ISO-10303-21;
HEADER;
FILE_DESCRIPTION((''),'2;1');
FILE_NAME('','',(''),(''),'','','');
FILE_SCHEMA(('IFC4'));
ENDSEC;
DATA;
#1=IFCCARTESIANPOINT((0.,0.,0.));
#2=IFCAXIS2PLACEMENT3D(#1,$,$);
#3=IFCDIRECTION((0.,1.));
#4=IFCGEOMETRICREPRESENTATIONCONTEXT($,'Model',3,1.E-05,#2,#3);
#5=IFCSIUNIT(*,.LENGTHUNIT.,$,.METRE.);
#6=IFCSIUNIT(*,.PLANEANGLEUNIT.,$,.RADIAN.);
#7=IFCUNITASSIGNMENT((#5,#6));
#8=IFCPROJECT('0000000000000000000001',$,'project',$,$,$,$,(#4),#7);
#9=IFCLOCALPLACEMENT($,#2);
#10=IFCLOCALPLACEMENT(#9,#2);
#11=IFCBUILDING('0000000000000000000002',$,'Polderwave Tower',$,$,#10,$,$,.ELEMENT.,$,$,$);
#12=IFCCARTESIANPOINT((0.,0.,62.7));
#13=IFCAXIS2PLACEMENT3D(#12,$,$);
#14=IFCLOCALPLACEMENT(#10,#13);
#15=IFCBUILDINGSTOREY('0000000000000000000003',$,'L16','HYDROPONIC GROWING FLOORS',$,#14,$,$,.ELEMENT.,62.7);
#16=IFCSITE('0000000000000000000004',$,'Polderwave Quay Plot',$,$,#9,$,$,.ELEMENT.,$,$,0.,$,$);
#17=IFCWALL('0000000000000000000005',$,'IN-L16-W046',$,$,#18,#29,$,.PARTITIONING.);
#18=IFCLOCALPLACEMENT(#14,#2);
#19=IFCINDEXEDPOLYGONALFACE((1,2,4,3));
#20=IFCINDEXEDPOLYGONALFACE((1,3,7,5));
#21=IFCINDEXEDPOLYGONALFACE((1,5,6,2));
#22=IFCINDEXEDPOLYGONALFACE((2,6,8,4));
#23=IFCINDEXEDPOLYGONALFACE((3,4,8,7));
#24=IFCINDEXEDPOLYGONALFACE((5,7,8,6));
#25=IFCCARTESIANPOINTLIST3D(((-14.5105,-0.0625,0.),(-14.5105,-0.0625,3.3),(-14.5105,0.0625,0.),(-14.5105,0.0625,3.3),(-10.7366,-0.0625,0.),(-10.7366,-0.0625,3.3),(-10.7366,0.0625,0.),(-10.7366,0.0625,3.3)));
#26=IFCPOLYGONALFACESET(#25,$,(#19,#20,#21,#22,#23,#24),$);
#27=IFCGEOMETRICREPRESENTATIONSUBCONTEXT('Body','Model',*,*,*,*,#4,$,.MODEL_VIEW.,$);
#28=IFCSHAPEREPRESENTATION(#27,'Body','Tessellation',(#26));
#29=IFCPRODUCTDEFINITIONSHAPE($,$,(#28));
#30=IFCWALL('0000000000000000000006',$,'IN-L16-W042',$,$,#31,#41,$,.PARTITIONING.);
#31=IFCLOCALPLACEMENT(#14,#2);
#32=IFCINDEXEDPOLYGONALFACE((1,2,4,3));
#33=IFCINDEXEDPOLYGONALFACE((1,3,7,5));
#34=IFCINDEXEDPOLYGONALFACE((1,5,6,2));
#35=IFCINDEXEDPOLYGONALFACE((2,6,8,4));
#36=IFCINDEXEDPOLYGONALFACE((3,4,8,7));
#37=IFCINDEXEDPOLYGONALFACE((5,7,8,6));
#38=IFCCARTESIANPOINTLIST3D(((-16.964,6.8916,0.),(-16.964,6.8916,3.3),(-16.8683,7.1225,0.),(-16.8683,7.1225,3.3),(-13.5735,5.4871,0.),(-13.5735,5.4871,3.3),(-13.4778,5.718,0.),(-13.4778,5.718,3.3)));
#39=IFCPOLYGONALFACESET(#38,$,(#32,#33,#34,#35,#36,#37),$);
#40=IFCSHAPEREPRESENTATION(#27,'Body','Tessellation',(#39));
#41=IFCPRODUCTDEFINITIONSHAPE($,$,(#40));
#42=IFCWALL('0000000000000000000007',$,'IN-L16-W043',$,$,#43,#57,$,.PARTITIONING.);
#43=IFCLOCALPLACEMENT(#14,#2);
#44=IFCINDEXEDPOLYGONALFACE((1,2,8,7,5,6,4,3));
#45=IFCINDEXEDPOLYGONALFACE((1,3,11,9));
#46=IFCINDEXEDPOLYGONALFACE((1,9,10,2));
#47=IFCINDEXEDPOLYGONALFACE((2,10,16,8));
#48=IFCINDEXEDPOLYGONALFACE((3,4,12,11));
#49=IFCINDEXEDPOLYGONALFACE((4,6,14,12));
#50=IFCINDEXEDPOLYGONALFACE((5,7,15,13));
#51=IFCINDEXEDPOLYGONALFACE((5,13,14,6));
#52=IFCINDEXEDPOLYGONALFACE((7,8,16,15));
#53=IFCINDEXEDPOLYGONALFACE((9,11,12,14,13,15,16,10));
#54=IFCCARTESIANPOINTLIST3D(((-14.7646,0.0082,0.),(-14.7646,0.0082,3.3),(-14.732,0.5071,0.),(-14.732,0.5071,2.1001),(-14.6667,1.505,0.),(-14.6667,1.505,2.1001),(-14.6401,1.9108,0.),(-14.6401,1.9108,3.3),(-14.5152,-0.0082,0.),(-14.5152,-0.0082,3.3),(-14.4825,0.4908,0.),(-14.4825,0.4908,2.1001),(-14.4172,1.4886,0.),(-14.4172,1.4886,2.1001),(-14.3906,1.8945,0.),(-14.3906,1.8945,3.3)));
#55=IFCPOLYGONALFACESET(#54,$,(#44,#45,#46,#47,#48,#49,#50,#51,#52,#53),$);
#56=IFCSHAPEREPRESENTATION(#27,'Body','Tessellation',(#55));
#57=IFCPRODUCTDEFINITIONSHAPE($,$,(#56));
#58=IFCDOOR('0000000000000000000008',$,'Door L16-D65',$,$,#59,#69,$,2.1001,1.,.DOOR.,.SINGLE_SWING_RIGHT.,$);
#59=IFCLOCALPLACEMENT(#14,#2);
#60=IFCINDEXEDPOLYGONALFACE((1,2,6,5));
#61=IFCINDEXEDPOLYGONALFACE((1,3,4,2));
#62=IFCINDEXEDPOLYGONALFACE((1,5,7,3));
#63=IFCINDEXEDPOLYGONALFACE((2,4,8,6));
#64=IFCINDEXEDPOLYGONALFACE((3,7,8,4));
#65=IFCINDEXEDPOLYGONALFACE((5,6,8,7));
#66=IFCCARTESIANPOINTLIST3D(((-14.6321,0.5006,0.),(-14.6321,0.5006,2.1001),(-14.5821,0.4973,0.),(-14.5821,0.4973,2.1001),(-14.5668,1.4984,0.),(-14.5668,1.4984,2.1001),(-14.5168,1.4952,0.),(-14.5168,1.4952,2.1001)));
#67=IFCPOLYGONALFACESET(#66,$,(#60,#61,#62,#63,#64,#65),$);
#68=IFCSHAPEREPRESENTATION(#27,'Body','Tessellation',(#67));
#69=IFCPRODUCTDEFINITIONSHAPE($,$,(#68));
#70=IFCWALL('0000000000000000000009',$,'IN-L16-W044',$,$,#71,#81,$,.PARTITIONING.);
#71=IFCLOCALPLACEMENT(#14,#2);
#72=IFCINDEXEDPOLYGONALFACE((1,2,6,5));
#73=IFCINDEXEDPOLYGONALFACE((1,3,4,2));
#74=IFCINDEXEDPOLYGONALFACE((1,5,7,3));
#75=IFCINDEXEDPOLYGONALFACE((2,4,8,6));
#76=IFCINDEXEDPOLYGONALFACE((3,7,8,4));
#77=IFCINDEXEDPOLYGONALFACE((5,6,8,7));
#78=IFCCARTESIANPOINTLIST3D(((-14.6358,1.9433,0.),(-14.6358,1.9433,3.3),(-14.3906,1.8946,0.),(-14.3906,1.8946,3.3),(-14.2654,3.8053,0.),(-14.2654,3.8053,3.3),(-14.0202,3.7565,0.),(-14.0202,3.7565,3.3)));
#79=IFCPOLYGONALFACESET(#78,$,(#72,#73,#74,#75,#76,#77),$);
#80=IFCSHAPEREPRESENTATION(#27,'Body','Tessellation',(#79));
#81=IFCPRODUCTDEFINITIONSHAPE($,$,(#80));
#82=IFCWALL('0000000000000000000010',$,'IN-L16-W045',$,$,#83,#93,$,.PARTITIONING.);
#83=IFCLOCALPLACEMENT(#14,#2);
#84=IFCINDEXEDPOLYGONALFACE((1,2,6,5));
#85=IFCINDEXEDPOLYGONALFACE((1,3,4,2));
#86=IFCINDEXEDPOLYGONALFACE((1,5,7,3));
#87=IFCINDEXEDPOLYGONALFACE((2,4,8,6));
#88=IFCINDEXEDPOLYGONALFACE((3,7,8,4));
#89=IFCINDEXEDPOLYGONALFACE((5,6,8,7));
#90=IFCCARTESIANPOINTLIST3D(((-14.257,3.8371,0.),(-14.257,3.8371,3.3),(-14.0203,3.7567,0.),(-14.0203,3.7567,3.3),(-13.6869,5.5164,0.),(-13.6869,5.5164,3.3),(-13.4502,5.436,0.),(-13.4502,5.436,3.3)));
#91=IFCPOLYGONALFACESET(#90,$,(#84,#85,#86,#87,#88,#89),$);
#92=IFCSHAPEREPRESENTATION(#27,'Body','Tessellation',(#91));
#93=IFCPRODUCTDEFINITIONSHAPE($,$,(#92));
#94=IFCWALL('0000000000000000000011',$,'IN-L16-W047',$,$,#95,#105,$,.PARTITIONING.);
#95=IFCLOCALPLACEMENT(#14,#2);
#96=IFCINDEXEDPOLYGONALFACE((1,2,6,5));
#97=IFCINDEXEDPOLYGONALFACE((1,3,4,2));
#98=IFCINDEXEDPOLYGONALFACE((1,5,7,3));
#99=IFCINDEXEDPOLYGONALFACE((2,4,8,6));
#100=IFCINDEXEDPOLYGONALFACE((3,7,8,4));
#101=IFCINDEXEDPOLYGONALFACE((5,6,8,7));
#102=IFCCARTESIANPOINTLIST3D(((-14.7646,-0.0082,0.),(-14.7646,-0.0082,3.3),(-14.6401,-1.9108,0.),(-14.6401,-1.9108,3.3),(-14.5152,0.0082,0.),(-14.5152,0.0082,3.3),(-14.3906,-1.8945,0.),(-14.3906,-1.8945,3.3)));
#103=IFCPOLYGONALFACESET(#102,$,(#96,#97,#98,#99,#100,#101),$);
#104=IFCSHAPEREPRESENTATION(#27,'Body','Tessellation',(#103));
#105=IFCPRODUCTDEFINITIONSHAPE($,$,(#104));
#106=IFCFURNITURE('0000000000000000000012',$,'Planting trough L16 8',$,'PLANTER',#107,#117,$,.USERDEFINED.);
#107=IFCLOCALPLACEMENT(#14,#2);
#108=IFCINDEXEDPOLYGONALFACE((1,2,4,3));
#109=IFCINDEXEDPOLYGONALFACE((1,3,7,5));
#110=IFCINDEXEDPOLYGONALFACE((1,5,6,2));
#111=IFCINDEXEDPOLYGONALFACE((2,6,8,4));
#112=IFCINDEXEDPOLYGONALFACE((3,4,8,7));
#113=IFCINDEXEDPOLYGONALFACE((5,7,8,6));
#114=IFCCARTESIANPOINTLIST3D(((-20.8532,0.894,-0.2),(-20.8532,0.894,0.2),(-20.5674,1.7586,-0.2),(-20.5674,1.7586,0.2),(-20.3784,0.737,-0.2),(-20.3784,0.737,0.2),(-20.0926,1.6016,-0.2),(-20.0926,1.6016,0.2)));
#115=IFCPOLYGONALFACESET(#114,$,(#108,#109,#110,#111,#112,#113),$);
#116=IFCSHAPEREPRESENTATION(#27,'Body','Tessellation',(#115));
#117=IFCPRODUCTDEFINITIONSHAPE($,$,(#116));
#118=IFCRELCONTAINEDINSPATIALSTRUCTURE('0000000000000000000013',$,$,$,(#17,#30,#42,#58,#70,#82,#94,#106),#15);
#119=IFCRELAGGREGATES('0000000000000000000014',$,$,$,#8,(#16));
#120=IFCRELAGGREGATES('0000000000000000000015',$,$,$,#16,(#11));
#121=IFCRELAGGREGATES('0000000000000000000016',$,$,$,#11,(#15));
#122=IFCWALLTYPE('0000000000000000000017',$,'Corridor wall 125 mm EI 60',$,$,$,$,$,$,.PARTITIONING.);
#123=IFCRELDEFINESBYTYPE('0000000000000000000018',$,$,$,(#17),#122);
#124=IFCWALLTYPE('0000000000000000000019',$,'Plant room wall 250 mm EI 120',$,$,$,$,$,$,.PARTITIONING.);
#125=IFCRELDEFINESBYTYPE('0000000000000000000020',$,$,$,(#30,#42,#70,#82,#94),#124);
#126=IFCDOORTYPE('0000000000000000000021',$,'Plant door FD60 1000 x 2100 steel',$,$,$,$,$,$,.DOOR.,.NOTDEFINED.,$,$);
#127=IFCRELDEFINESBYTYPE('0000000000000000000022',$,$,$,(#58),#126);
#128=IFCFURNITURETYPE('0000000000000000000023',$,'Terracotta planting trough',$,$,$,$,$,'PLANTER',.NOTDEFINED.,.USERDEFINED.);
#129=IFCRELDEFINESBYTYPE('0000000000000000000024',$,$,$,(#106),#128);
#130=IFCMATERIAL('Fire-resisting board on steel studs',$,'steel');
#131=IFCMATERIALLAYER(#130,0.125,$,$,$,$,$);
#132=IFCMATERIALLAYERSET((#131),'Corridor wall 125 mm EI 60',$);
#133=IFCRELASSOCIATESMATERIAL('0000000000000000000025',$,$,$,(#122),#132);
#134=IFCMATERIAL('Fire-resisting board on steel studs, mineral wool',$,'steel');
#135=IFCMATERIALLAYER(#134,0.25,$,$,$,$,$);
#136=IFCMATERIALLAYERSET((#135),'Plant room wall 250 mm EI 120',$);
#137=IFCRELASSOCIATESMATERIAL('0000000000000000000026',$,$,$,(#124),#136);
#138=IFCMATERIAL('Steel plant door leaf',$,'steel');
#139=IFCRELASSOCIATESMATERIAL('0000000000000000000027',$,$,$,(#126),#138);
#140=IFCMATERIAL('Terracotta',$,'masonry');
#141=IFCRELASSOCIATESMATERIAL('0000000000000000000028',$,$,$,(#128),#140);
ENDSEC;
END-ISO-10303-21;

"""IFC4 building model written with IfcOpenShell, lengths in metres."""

from ifc_helpers import new_model, si_unit, direction, frame, frame_2d, origin, origin_2d, place, context, subcontext, project, spatial, rectangle, extrude, material, layer, layer_set, type_object, element, fill, save


model = new_model("IFC4")

# Units and contexts
model_context = context("Model", 3, precision=1e-05, world=origin(), true_north=direction((0.0, 1.0)))
body_context = subcontext(model_context, "Body", "Model", "MODEL_VIEW")
ifc_project = project(units=[si_unit("LENGTHUNIT", "METRE"), si_unit("PLANEANGLEUNIT", "RADIAN")], contexts=[model_context])

# Site, building, storey
site_placement = place(None, origin())
site = spatial("IfcSite", under=ifc_project, at=site_placement, Name="Polderwave Quay Plot", CompositionType="ELEMENT", RefElevation=0.0)
building_placement = place(site_placement, origin())
building = spatial("IfcBuilding", under=site, at=building_placement, Name="Polderwave Tower", CompositionType="ELEMENT")
storey_placement = place(building_placement, frame((0.0, 0.0, 62.7)))
storey = spatial("IfcBuildingStorey", under=building, at=storey_placement, Name="L16", Description="HYDROPONIC GROWING FLOORS", CompositionType="ELEMENT", Elevation=62.7)

# Shared definitions
ifc_material_1 = material(Name="Fire-resisting board on steel studs", Category="steel")
ifc_layer_1 = layer(ifc_material_1, 0.125)
ifc_layer_set_1 = layer_set([ifc_layer_1], Name="Corridor wall 125 mm EI 60")
wall_type_1 = type_object("IfcWallType", Name="Corridor wall 125 mm EI 60", PredefinedType="PARTITIONING", material=ifc_layer_set_1)

# Walls
wall_1_placement = place(storey_placement, frame((-10.7366, 0.0, 0.0), z_axis=(0.0, 0.0, 1.0), x_axis=(-1.0, 0.0, 0.0)))
element("IfcWall", 1, at=wall_1_placement, inside=storey, type_object=wall_type_1, Name="IN-L16-W046", PredefinedType="PARTITIONING", context=body_context, shape_type="SweptSolid", body=[
    extrude(rectangle(XDim=3.7739, YDim=0.125, at=frame_2d((1.887, 0.0))), origin(), (0.0, 0.0, 1.0), 3.3),
])
ifc_material_2 = material(Name="Fire-resisting board on steel studs, mineral wool", Category="steel")
ifc_layer_2 = layer(ifc_material_2, 0.25)
ifc_layer_set_2 = layer_set([ifc_layer_2], Name="Plant room wall 250 mm EI 120")
wall_type_2 = type_object("IfcWallType", Name="Plant room wall 250 mm EI 120", PredefinedType="PARTITIONING", material=ifc_layer_set_2)
wall_2_placement = place(storey_placement, frame((-13.5256, 5.6025, 0.0), z_axis=(0.0, 0.0, 1.0), x_axis=(-0.92387, 0.382706, 0.0)))
element("IfcWall", 2, at=wall_2_placement, inside=storey, type_object=wall_type_2, Name="IN-L16-W042", PredefinedType="PARTITIONING", context=body_context, shape_type="SweptSolid", body=[
    extrude(rectangle(XDim=3.6699, YDim=0.25, at=frame_2d((1.835, 0.0))), origin(), (0.0, 0.0, 1.0), 3.3),
])

# Wall, opening, door
wall_3_placement = place(storey_placement, frame((-14.6399, 0.0, 0.0), z_axis=(0.0, 0.0, 1.0), x_axis=(0.065304, 0.997865, 0.0)))
wall_3 = element("IfcWall", 3, at=wall_3_placement, inside=storey, type_object=wall_type_2, Name="IN-L16-W043", PredefinedType="PARTITIONING", context=body_context, shape_type="SweptSolid", body=[
    extrude(rectangle(XDim=1.9067, YDim=0.25, at=frame_2d((0.9534, 0.0))), origin(), (0.0, 0.0, 1.0), 3.3),
])
opening_1_placement = place(wall_3_placement, frame((0.5, 0.0, 0.0)))
opening_1 = element("IfcOpeningElement", 4, at=opening_1_placement, cuts=wall_3, PredefinedType="OPENING", context=body_context, shape_type="SweptSolid", body=[
    extrude(rectangle(XDim=1.0, YDim=2.1001, at=frame_2d((0.5, 1.05))), frame((0.0, 0.135, 0.0), z_axis=(0.0, -1.0, 0.0), x_axis=(1.0, 0.0, 0.0)), (0.0, 0.0, 1.0), 0.27),
])
ifc_material_3 = material(Name="Steel plant door leaf", Category="steel")
door_type_1 = type_object("IfcDoorType", Name="Plant door FD60 1000 x 2100 steel", OperationType="NOTDEFINED", PredefinedType="DOOR", material=ifc_material_3)
door_1_placement = place(opening_1_placement, origin())
door_1 = element("IfcDoor", 5, at=door_1_placement, inside=storey, type_object=door_type_1, Name="Door L16-D65", OperationType="SINGLE_SWING_RIGHT", OverallHeight=2.1001, OverallWidth=1.0, PredefinedType="DOOR", context=body_context, shape_type="SweptSolid", body=[
    extrude(rectangle(XDim=1.0, YDim=2.1001, at=frame_2d((0.5, 1.05))), frame((0.0, 0.0249, 0.0), z_axis=(0.0, -1.0, 0.0), x_axis=(1.0, 0.0, 0.0)), (0.0, 0.0, 1.0), 0.05),
])
fill(opening_1, door_1)

# Walls
wall_4_placement = place(storey_placement, frame((-14.5132, 1.9189, 0.0), z_axis=(0.0, 0.0, 1.0), x_axis=(0.195077, 0.980788, 0.0)))
element("IfcWall", 6, at=wall_4_placement, inside=storey, type_object=wall_type_2, Name="IN-L16-W044", PredefinedType="PARTITIONING", context=body_context, shape_type="SweptSolid", body=[
    extrude(rectangle(XDim=1.8984, YDim=0.25, at=frame_2d((0.9492, 0.0))), origin(), (0.0, 0.0, 1.0), 3.3),
])
wall_5_placement = place(storey_placement, frame((-14.1387, 3.7969, 0.0), z_axis=(0.0, 0.0, 1.0), x_axis=(0.321468, 0.94692, 0.0)))
element("IfcWall", 7, at=wall_5_placement, inside=storey, type_object=wall_type_2, Name="IN-L16-W045", PredefinedType="PARTITIONING", context=body_context, shape_type="SweptSolid", body=[
    extrude(rectangle(XDim=1.7734, YDim=0.25, at=frame_2d((0.8867, 0.0))), origin(), (0.0, 0.0, 1.0), 3.3),
])
wall_6_placement = place(storey_placement, frame((-14.6399, 0.0, 0.0), z_axis=(0.0, 0.0, 1.0), x_axis=(0.065304, -0.997865, 0.0)))
element("IfcWall", 8, at=wall_6_placement, inside=storey, type_object=wall_type_2, Name="IN-L16-W047", PredefinedType="PARTITIONING", context=body_context, shape_type="SweptSolid", body=[
    extrude(rectangle(XDim=1.9067, YDim=0.25, at=frame_2d((0.9534, 0.0))), origin(), (0.0, 0.0, 1.0), 3.3),
])

# Furniture
ifc_material_4 = material(Name="Terracotta", Category="masonry")
furniture_type = type_object("IfcFurnitureType", Name="Terracotta planting trough", ElementType="PLANTER", AssemblyPlace="NOTDEFINED", PredefinedType="USERDEFINED", material=ifc_material_4)
furniture_placement = place(storey_placement, frame((-20.4729, 1.2478, -0.2), z_axis=(0.0, 0.0, 1.0), x_axis=(-0.31387, -0.949466, 0.0)))
element("IfcFurniture", 9, at=furniture_placement, inside=storey, type_object=furniture_type, Name="Planting trough L16 8", ObjectType="PLANTER", PredefinedType="USERDEFINED", context=body_context, shape_type="SweptSolid", body=[
    extrude(rectangle(XDim=0.9106, YDim=0.5, at=origin_2d()), origin(), (0.0, 0.0, 1.0), 0.3999),
])

save(model, "model.ifc")
